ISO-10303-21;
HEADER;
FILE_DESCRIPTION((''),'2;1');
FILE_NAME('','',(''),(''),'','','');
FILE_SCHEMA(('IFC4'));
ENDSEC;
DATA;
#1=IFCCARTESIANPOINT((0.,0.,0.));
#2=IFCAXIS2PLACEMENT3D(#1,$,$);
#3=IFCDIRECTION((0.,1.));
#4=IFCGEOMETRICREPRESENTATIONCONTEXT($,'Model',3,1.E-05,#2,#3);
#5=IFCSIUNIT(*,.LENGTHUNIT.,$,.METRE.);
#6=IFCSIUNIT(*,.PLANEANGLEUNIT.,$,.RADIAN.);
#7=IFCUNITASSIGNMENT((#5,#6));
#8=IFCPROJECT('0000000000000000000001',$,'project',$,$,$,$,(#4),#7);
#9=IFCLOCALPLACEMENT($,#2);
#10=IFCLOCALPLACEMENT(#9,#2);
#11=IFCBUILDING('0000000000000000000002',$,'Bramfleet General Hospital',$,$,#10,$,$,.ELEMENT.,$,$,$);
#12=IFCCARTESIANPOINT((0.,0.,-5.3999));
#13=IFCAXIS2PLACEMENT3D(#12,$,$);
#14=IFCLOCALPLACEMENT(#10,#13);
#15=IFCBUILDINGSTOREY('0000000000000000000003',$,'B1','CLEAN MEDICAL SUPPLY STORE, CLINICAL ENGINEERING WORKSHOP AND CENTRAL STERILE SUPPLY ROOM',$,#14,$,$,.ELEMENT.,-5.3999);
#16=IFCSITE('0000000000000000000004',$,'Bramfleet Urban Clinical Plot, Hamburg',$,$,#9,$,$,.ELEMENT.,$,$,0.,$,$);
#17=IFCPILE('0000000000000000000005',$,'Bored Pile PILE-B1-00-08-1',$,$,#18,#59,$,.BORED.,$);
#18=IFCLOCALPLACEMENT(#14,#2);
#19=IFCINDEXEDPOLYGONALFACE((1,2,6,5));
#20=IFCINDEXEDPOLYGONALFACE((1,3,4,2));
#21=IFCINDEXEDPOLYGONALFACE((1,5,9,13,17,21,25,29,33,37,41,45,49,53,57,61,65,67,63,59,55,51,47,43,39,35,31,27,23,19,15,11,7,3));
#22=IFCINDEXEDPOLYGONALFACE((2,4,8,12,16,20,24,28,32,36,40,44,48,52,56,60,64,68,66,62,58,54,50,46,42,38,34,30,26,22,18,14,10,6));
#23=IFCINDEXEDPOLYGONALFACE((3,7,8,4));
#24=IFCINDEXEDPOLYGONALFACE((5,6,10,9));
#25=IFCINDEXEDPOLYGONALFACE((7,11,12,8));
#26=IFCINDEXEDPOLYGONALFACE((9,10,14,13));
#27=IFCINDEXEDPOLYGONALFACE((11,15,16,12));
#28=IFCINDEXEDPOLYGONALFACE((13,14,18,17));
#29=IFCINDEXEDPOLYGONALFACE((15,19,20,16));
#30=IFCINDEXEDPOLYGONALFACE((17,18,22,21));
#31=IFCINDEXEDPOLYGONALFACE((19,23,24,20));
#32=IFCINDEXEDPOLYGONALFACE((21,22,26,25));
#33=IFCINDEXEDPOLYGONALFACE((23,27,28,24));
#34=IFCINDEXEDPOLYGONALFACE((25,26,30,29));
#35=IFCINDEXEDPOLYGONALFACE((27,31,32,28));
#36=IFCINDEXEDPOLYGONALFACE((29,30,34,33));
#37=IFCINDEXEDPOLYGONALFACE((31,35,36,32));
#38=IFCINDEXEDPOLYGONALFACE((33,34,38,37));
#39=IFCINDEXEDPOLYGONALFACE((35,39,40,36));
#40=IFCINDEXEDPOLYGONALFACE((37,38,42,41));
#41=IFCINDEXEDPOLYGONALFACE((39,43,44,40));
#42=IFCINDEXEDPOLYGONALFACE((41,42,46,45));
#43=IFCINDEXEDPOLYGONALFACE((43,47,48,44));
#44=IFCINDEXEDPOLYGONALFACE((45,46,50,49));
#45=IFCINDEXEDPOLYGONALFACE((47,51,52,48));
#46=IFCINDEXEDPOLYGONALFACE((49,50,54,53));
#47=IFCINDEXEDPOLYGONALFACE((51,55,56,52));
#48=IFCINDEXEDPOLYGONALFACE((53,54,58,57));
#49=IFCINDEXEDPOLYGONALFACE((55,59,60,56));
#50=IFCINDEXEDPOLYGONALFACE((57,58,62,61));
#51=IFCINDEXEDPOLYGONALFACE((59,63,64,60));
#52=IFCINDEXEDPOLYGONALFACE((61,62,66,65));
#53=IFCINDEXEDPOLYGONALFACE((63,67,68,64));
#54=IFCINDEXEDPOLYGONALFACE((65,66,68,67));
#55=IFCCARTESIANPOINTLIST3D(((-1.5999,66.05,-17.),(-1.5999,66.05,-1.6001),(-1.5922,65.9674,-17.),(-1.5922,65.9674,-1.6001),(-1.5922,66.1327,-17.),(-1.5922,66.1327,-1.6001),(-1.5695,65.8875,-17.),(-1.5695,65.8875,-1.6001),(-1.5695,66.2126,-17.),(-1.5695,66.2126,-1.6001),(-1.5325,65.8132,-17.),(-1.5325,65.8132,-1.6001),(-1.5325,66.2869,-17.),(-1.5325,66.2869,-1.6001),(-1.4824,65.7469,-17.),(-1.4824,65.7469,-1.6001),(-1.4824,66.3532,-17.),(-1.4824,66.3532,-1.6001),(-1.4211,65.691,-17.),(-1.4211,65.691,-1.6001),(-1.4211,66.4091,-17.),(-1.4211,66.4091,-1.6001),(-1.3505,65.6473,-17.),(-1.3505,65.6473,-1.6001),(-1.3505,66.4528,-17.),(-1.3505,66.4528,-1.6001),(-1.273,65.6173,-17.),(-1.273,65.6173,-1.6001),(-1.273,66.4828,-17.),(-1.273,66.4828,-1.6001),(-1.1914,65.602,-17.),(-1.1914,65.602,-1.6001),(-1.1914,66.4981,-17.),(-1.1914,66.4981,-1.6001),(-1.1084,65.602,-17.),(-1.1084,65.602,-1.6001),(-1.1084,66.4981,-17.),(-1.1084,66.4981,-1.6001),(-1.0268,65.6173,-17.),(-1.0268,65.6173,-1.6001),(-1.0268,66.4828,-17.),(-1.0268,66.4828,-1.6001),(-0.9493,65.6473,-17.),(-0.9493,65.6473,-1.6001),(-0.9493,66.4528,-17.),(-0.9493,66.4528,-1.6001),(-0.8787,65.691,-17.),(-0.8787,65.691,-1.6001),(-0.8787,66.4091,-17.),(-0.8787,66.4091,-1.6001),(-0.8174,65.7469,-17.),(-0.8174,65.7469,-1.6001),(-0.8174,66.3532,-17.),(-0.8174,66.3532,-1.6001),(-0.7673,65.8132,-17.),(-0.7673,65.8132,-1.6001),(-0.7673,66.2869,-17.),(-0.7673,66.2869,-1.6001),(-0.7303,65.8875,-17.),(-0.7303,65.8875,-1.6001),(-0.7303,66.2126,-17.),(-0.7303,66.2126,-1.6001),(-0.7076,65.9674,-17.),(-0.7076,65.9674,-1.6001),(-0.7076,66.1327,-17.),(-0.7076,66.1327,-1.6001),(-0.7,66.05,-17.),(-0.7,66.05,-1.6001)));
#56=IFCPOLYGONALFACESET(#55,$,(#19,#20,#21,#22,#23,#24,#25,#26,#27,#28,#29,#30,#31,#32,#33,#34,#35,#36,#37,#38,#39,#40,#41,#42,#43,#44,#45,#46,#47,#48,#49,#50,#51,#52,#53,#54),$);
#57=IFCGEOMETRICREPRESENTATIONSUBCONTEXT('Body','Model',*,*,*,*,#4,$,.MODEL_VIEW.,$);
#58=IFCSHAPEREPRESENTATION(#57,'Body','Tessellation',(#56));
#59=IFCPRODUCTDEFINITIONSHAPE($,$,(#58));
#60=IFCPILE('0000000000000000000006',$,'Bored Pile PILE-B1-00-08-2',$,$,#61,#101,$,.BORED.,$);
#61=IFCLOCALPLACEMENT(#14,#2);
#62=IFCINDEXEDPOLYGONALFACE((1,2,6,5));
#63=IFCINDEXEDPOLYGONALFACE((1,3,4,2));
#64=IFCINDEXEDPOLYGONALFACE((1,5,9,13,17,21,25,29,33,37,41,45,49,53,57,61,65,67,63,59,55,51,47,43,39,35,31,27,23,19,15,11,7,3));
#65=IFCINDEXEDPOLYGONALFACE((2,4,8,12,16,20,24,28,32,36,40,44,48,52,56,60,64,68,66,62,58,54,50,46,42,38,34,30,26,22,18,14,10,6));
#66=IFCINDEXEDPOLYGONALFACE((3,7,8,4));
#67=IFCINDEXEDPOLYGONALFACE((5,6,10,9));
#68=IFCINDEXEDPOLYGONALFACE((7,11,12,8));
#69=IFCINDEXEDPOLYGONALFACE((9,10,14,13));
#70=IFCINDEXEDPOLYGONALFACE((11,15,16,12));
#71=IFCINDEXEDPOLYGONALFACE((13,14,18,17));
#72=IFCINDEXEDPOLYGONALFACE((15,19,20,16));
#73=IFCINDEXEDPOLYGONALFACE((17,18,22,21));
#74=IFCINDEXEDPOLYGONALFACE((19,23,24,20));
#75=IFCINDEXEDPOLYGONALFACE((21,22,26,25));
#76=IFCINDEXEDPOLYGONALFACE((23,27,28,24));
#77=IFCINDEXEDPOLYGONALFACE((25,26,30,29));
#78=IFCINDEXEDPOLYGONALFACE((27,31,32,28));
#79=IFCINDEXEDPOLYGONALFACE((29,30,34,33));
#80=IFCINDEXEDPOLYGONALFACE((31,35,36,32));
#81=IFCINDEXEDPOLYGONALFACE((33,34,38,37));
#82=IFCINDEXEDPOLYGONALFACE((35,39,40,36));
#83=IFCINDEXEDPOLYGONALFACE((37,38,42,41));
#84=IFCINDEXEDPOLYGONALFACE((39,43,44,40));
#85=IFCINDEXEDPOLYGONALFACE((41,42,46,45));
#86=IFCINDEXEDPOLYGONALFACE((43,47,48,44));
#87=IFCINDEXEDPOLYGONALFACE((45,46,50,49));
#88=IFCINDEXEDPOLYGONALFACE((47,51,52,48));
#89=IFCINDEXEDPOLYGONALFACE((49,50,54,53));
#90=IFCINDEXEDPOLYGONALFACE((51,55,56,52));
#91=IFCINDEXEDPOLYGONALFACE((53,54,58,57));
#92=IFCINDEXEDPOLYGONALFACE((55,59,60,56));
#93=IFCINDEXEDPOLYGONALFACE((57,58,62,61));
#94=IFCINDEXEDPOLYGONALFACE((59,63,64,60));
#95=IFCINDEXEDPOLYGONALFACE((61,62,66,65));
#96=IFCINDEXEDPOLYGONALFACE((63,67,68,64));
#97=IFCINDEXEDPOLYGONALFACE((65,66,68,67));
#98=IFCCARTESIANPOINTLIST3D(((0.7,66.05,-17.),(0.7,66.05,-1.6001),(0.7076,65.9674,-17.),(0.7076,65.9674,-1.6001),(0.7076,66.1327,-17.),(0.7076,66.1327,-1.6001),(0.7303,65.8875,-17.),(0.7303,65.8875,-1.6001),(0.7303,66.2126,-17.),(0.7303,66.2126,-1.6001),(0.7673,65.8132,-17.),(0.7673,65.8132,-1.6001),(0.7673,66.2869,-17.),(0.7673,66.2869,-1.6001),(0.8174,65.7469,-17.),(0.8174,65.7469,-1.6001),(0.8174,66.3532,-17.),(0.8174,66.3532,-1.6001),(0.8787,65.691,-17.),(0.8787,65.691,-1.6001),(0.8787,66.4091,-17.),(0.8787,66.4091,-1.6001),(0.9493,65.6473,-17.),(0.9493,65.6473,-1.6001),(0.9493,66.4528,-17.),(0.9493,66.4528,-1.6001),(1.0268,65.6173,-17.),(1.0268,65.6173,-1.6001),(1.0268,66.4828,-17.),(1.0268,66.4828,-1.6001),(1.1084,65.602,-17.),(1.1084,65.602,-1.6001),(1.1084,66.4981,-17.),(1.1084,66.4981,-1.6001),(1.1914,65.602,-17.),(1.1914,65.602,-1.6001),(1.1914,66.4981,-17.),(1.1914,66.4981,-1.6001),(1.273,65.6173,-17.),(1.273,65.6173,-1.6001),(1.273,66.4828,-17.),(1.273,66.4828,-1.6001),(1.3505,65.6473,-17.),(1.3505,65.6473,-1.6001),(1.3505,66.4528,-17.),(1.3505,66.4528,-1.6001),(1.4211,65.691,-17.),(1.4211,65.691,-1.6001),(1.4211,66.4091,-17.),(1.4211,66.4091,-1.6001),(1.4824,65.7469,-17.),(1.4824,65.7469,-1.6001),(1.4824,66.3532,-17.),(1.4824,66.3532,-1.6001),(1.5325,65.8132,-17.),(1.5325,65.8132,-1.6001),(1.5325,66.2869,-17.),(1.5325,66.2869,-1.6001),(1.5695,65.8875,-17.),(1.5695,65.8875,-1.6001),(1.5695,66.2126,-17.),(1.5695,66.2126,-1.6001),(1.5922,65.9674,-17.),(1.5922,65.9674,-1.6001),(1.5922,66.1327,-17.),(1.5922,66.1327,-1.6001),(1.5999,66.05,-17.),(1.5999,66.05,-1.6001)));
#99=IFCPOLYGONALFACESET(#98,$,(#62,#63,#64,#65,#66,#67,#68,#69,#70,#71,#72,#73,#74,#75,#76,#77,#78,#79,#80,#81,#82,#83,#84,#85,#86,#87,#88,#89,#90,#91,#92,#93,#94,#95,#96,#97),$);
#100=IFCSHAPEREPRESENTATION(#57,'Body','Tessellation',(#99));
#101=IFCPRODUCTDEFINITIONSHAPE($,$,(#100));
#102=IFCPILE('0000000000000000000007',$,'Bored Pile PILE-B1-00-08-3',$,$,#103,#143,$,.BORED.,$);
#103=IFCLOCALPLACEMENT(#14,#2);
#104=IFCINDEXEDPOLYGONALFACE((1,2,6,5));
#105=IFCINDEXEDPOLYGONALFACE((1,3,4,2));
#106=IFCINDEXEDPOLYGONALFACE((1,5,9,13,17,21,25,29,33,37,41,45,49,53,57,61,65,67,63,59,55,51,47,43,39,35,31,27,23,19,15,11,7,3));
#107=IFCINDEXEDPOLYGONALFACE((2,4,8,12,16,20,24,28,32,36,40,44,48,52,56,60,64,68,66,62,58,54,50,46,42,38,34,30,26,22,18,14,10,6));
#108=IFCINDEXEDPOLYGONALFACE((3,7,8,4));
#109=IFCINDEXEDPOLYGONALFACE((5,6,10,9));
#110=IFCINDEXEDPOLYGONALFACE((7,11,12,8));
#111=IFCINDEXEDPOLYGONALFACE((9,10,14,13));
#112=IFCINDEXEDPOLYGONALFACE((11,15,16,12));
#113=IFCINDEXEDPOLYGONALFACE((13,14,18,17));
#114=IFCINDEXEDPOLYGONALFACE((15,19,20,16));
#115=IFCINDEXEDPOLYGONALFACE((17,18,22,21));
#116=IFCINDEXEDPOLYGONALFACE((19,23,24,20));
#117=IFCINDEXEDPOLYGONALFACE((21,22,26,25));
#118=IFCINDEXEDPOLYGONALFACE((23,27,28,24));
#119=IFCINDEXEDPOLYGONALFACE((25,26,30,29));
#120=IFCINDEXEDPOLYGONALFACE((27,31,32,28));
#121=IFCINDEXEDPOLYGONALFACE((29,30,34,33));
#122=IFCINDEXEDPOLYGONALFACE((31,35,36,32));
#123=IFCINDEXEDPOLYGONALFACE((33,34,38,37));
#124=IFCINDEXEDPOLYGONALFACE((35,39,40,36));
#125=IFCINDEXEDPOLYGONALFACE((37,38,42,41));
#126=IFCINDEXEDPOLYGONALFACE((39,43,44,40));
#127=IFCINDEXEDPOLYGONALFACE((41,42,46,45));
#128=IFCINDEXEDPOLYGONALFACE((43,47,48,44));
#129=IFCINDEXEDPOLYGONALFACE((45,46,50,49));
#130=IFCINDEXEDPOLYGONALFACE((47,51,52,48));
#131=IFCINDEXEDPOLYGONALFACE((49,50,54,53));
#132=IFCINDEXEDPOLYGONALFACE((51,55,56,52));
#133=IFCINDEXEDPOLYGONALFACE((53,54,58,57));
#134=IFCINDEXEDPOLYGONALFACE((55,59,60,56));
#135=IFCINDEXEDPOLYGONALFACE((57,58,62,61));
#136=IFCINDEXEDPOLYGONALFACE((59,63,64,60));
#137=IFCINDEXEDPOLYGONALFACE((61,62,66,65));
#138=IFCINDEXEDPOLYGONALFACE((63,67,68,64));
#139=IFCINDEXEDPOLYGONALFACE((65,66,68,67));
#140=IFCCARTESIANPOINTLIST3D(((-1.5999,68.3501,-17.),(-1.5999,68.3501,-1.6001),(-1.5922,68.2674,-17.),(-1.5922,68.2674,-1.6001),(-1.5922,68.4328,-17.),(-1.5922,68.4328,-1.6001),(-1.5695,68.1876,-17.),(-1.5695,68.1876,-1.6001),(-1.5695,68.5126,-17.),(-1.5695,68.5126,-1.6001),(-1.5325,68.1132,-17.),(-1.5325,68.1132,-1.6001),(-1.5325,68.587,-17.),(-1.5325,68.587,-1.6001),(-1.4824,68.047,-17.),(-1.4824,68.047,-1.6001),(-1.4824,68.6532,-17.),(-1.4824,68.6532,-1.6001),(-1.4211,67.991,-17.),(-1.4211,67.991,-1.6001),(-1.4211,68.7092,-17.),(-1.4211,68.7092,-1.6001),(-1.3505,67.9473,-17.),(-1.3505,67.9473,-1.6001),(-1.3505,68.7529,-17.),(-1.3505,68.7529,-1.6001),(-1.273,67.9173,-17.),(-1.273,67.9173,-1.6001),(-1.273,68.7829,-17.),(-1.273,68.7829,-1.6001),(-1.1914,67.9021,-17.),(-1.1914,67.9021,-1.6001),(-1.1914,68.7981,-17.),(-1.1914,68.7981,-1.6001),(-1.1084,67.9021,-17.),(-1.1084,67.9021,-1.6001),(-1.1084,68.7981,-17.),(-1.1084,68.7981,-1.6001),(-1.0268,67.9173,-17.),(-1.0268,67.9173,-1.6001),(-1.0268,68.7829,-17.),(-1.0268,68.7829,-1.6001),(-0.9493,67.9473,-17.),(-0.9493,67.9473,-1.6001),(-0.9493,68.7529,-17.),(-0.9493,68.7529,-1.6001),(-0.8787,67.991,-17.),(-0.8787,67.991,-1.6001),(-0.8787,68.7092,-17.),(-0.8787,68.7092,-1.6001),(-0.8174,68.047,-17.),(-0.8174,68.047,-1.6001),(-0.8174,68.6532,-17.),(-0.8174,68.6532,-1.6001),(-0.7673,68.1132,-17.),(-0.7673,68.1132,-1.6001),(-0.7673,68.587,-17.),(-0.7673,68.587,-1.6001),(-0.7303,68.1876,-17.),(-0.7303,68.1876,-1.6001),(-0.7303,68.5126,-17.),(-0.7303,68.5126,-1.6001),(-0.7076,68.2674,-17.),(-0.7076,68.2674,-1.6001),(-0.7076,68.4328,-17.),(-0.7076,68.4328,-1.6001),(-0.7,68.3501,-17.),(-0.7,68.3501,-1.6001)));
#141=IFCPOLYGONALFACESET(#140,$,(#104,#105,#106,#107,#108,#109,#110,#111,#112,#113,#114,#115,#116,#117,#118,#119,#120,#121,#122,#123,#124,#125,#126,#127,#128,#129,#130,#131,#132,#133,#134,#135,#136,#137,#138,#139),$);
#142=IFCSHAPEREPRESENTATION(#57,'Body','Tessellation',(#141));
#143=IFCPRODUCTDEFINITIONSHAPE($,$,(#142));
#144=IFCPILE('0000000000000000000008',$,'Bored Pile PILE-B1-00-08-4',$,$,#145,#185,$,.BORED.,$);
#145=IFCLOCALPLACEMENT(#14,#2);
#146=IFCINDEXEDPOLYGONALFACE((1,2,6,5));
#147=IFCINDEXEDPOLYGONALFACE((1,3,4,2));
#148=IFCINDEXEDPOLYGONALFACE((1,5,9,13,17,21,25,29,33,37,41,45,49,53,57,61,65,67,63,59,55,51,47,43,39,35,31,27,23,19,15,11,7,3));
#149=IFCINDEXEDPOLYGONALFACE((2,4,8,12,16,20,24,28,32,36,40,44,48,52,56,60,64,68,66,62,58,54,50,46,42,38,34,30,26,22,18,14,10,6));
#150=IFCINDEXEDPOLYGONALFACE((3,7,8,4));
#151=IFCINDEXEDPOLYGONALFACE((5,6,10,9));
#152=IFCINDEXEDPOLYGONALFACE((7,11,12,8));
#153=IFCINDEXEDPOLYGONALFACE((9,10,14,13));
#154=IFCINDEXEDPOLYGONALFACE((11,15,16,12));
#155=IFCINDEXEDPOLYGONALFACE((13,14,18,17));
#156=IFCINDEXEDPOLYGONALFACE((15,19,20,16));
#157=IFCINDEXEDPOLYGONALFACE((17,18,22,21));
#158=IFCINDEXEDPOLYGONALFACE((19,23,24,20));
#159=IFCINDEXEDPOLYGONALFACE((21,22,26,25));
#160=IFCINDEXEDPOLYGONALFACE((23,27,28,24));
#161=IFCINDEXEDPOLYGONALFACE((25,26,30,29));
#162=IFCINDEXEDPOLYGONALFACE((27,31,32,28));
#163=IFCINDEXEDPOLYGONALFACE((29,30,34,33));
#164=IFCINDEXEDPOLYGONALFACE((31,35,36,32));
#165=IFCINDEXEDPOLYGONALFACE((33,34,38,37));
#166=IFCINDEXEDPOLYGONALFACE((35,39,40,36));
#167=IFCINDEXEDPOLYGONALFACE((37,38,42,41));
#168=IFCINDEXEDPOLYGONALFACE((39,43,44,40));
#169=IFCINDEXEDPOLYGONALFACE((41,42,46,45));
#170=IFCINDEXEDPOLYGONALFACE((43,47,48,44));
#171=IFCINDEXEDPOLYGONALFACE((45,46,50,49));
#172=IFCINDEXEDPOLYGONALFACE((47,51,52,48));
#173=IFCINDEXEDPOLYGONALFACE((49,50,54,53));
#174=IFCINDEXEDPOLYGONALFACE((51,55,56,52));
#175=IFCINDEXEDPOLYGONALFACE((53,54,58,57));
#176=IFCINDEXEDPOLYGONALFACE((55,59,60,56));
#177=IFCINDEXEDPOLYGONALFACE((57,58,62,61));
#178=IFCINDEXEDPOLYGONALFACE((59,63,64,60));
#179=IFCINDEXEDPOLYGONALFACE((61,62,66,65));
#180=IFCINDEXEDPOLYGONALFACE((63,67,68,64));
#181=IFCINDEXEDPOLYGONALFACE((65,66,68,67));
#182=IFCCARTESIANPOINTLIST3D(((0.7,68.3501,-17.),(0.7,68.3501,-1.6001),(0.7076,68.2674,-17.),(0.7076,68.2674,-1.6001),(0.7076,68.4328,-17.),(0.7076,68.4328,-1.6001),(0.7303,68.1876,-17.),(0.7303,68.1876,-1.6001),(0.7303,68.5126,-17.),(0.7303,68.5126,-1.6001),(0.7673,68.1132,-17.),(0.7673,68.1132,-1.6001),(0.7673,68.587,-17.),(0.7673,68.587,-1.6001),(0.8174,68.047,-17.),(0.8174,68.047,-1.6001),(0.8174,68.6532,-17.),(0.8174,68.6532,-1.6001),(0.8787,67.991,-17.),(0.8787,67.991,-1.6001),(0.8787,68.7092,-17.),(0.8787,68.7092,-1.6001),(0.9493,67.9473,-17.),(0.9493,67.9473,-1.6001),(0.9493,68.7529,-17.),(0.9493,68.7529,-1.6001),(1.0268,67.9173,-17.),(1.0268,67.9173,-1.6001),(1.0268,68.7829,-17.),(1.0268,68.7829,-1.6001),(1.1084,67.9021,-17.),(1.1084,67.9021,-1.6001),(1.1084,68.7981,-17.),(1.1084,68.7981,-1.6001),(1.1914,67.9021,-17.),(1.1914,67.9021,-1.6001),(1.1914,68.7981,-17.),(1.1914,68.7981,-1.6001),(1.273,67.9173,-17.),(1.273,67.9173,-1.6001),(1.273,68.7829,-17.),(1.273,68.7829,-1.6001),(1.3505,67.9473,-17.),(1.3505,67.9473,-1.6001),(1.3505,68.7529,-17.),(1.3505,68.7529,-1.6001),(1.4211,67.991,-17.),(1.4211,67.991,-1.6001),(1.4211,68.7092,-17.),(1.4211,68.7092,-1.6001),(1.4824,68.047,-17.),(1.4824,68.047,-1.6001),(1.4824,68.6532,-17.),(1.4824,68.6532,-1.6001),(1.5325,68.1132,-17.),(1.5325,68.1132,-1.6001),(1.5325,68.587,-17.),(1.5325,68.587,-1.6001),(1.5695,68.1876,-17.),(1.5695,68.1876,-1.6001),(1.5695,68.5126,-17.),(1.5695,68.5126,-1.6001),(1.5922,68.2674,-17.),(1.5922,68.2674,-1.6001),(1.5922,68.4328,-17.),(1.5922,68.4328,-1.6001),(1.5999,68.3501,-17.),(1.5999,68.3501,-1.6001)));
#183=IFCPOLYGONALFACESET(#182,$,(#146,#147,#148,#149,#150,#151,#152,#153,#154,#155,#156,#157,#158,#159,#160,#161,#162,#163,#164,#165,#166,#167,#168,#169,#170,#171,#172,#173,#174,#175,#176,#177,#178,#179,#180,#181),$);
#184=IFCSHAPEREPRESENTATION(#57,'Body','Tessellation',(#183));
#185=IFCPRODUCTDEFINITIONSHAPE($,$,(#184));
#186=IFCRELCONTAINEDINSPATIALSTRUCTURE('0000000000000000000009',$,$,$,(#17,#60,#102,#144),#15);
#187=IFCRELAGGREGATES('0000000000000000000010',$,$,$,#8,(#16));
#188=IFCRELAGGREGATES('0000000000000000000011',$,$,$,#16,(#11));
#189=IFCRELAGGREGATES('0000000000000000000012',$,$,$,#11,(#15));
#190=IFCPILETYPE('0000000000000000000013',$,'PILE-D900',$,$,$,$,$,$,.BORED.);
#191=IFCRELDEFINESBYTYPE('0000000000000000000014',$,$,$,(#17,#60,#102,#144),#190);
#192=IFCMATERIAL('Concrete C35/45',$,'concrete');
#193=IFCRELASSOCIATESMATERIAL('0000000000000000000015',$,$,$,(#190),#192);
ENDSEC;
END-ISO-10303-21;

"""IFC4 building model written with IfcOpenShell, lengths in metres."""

from ifc_helpers import new_model, si_unit, direction, frame, origin, origin_2d, place, context, subcontext, project, spatial, circle, extrude, material, material_profile, profile_set, type_object, element, save


model = new_model("IFC4")

# Units and contexts
model_context = context("Model", 3, precision=1e-05, world=origin(), true_north=direction((0.0, 1.0)))
body_context = subcontext(model_context, "Body", "Model", "MODEL_VIEW")
ifc_project = project(units=[si_unit("LENGTHUNIT", "METRE"), si_unit("PLANEANGLEUNIT", "RADIAN")], contexts=[model_context])

# Site, building, storey
site_placement = place(None, origin())
site = spatial("IfcSite", under=ifc_project, at=site_placement, Name="Bramfleet Urban Clinical Plot, Hamburg", CompositionType="ELEMENT", RefElevation=0.0)
building_placement = place(site_placement, origin())
building = spatial("IfcBuilding", under=site, at=building_placement, Name="Bramfleet General Hospital", CompositionType="ELEMENT")
storey_placement = place(building_placement, frame((0.0, 0.0, -5.3999)))
storey = spatial("IfcBuildingStorey", under=building, at=storey_placement, Name="B1", Description="CLEAN MEDICAL SUPPLY STORE, CLINICAL ENGINEERING WORKSHOP AND CENTRAL STERILE SUPPLY ROOM", CompositionType="ELEMENT", Elevation=-5.3999)

# Shared definitions
ifc_material_1 = material(Name="Concrete C35/45", Category="concrete")

# Piles
ifc_material_profile_1 = material_profile(ifc_material_1, circle(Radius=0.45, at=origin_2d()), Name="PILE BORED D900")
ifc_profile_set_1 = profile_set([ifc_material_profile_1], Name="Concrete C35/45")
pile_type = type_object("IfcPileType", Name="PILE-D900", PredefinedType="BORED", material=ifc_profile_set_1)
for number, where, z_axis, x_axis, name in (
    (1, (-1.1499, 66.05, -1.6001), (0.0, 0.0, -1.0), (1.0, 0.0, 0.0), "Bored Pile PILE-B1-00-08-1"),
    (2, (1.1499, 66.05, -1.6001), (0.0, 0.0, -1.0), (1.0, 0.0, 0.0), "Bored Pile PILE-B1-00-08-2"),
    (3, (-1.1499, 68.3501, -1.6001), (0.0, 0.0, -1.0), (1.0, 0.0, 0.0), "Bored Pile PILE-B1-00-08-3"),
    (4, (1.1499, 68.3501, -1.6001), (0.0, 0.0, -1.0), (1.0, 0.0, 0.0), "Bored Pile PILE-B1-00-08-4"),
):
    element("IfcPile", number, at=place(storey_placement, frame(where, z_axis=z_axis, x_axis=x_axis)), inside=storey, type_object=pile_type, Name=name, PredefinedType="BORED", context=body_context, shape_type="SweptSolid", body=[
        extrude(circle(Radius=0.45, at=origin_2d()), origin(), (0.0, 0.0, 1.0), 15.3999),
    ])

save(model, "model.ifc")
